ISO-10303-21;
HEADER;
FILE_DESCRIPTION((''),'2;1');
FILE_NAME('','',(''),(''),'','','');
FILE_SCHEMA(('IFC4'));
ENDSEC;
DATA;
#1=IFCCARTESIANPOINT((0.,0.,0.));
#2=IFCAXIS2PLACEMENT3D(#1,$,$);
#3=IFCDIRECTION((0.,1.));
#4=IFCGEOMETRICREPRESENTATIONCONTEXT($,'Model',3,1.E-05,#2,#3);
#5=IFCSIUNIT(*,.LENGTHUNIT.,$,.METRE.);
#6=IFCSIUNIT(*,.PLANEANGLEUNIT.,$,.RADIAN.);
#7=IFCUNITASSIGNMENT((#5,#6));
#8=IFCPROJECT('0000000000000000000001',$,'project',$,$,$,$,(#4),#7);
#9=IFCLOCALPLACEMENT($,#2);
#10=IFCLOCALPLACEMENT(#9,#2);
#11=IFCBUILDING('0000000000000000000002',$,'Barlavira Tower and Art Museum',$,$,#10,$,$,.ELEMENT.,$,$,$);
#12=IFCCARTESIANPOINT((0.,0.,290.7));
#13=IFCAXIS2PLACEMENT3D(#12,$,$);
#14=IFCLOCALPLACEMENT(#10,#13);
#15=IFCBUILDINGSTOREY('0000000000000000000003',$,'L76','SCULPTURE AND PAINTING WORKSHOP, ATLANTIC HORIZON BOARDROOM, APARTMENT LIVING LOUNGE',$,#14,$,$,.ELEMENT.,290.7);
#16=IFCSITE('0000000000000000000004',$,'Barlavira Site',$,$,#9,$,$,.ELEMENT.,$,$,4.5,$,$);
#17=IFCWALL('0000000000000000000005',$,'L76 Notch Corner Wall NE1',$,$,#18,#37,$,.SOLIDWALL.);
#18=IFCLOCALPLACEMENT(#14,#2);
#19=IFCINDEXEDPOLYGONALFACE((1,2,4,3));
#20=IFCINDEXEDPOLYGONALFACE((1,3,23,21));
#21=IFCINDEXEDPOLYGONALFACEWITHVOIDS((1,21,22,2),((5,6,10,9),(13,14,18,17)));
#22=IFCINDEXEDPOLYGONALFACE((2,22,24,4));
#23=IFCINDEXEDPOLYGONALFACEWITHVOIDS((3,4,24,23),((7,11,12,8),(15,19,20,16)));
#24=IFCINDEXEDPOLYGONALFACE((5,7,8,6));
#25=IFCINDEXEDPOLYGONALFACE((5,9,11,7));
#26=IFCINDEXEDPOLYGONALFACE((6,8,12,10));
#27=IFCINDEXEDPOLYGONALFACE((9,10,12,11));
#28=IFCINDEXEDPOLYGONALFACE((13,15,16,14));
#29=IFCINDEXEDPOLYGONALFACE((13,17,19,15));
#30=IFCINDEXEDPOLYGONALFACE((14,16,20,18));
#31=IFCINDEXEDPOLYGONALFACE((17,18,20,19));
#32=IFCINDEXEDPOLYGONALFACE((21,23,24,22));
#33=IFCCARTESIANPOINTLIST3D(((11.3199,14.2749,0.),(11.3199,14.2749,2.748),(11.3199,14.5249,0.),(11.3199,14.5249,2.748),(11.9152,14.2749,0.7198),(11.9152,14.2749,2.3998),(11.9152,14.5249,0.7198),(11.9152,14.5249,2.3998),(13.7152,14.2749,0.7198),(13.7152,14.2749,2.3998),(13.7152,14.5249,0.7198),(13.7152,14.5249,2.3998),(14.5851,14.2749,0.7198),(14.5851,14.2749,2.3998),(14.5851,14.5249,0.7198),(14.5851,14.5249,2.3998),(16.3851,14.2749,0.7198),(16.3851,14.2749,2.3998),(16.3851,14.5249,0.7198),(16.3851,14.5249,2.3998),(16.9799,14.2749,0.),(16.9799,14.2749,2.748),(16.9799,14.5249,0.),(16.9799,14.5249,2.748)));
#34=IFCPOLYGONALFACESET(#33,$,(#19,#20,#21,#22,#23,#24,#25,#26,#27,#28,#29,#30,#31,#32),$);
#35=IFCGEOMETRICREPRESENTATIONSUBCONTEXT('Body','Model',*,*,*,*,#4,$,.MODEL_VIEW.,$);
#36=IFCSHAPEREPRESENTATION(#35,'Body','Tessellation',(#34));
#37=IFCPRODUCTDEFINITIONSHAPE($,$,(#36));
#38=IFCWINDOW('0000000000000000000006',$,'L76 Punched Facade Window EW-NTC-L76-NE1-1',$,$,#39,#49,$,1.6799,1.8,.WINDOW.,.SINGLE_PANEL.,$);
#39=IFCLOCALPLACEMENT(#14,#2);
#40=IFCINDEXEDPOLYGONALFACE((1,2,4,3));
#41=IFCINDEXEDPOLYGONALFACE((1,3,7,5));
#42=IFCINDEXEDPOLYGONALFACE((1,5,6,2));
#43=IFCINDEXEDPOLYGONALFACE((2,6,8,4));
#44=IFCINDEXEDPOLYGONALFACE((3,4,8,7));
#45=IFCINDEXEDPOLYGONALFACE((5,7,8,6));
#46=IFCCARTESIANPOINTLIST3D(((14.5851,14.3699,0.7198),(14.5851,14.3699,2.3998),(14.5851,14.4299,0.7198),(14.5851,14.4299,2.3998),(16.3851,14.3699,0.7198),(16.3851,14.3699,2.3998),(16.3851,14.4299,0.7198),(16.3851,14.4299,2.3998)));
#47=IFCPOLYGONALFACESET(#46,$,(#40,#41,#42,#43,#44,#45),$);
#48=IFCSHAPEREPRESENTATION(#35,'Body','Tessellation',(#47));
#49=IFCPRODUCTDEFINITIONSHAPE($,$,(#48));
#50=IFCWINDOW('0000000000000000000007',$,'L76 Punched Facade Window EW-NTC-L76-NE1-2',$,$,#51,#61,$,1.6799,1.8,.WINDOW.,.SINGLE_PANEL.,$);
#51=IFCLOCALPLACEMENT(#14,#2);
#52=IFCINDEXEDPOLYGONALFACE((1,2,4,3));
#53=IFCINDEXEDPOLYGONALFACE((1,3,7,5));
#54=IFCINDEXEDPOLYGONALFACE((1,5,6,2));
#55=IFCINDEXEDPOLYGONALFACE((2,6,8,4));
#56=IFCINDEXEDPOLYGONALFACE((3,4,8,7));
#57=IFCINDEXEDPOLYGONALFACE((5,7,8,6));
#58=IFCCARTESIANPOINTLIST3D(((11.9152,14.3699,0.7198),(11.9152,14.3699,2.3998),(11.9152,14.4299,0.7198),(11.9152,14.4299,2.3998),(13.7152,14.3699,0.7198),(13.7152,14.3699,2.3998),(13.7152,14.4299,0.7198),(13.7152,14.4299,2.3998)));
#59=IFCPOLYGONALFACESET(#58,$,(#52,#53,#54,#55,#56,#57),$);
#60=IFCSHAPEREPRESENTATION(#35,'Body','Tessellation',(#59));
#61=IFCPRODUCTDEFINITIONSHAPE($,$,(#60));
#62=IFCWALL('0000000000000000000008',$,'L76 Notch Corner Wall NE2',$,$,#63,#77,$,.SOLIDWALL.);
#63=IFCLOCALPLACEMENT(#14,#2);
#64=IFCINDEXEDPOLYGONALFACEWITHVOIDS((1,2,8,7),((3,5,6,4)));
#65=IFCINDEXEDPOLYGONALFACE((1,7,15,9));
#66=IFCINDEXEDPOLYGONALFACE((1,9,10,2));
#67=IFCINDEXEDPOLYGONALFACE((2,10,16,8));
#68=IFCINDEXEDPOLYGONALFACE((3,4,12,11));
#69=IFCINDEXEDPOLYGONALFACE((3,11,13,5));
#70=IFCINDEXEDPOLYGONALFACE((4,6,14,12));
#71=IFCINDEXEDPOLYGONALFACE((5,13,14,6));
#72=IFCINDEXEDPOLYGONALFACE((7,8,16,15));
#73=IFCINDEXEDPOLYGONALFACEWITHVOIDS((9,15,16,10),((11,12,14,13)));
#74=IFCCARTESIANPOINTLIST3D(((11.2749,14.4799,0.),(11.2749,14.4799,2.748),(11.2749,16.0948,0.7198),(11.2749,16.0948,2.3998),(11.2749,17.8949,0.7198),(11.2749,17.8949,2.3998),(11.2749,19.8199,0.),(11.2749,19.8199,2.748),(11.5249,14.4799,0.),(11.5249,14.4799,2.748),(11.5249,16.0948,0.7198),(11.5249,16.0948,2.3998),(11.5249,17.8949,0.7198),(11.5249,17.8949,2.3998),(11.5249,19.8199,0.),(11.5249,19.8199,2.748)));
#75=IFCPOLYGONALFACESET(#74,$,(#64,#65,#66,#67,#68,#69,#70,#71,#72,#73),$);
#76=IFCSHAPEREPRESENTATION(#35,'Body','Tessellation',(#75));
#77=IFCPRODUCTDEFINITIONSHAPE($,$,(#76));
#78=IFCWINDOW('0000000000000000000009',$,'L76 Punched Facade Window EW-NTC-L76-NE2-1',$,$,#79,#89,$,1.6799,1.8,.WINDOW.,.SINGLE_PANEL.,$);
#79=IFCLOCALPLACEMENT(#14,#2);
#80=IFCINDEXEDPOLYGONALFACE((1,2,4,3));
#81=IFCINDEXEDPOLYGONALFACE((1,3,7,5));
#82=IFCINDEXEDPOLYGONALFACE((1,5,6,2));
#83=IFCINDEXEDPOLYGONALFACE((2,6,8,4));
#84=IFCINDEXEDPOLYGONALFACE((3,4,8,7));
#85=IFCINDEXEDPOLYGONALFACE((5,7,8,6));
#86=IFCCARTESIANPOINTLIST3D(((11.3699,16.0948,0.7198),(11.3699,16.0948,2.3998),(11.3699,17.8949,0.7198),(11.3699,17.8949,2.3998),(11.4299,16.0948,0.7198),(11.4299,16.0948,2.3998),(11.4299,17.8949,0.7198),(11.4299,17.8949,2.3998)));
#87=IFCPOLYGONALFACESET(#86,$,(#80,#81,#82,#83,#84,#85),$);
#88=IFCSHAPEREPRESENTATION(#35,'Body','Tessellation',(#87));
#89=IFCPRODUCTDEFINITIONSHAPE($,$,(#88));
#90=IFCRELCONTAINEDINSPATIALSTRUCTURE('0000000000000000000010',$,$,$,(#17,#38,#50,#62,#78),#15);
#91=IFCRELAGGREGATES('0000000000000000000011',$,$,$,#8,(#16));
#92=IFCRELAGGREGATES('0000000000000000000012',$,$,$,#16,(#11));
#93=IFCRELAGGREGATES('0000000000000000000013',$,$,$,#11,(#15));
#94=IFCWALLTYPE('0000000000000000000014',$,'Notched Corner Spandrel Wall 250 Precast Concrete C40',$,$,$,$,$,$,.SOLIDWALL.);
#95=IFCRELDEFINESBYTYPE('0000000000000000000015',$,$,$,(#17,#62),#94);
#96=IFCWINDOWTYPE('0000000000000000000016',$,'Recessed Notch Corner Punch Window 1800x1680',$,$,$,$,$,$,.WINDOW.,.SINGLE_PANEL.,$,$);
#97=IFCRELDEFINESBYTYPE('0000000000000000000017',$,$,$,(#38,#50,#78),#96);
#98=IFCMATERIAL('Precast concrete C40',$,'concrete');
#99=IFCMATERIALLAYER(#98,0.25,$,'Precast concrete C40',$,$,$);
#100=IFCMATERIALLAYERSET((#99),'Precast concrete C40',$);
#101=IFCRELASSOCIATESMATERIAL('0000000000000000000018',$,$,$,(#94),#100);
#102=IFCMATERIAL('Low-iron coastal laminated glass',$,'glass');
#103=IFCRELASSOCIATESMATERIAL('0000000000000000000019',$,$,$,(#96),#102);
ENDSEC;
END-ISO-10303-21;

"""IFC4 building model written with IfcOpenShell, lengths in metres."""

from ifc_helpers import new_model, si_unit, direction, frame, frame_2d, origin, place, context, subcontext, project, spatial, rectangle, extrude, material, layer, layer_set, type_object, element, fill, save


model = new_model("IFC4")

# Units and contexts
model_context = context("Model", 3, precision=1e-05, world=origin(), true_north=direction((0.0, 1.0)))
body_context = subcontext(model_context, "Body", "Model", "MODEL_VIEW")
ifc_project = project(units=[si_unit("LENGTHUNIT", "METRE"), si_unit("PLANEANGLEUNIT", "RADIAN")], contexts=[model_context])

# Site, building, storey
site_placement = place(None, origin())
site = spatial("IfcSite", under=ifc_project, at=site_placement, Name="Barlavira Site", CompositionType="ELEMENT", RefElevation=4.5)
building_placement = place(site_placement, origin())
building = spatial("IfcBuilding", under=site, at=building_placement, Name="Barlavira Tower and Art Museum", CompositionType="ELEMENT")
storey_placement = place(building_placement, frame((0.0, 0.0, 290.7)))
storey = spatial("IfcBuildingStorey", under=building, at=storey_placement, Name="L76", Description="SCULPTURE AND PAINTING WORKSHOP, ATLANTIC HORIZON BOARDROOM, APARTMENT LIVING LOUNGE", CompositionType="ELEMENT", Elevation=290.7)

# Shared definitions
ifc_material_1 = material(Name="Low-iron coastal laminated glass", Category="glass")

# Shared definitions
ifc_material_2 = material(Name="Precast concrete C40", Category="concrete")
ifc_layer_1 = layer(ifc_material_2, 0.25, Name="Precast concrete C40")
ifc_layer_set_1 = layer_set([ifc_layer_1], Name="Precast concrete C40")
wall_type_1 = type_object("IfcWallType", Name="Notched Corner Spandrel Wall 250 Precast Concrete C40", PredefinedType="SOLIDWALL", material=ifc_layer_set_1)

# Shared definitions
window_type_1 = type_object("IfcWindowType", Name="Recessed Notch Corner Punch Window 1800x1680", PartitioningType="SINGLE_PANEL", PredefinedType="WINDOW", material=ifc_material_1)

# Wall, openings, windows
wall_1_placement = place(storey_placement, frame((16.98, 14.3999, 0.0), z_axis=(0.0, 0.0, 1.0), x_axis=(-1.0, 0.0, 0.0)))
wall_1 = element("IfcWall", 1, at=wall_1_placement, inside=storey, type_object=wall_type_1, Name="L76 Notch Corner Wall NE1", PredefinedType="SOLIDWALL", context=body_context, shape_type="SweptSolid", body=[
    extrude(rectangle(XDim=5.6599, YDim=0.25, at=frame_2d((2.8301, 0.0))), origin(), (0.0, 0.0, 1.0), 2.748),
])
opening_1_placement = place(wall_1_placement, frame((0.595, 0.0, 0.72)))
opening_1 = element("IfcOpeningElement", 2, at=opening_1_placement, cuts=wall_1, PredefinedType="OPENING", context=body_context, shape_type="SweptSolid", body=[
    extrude(rectangle(XDim=1.8, YDim=1.6799, at=frame_2d((0.8999, 0.8398))), frame((0.0, 0.135, 0.0), z_axis=(0.0, -1.0, 0.0), x_axis=(1.0, 0.0, 0.0)), (0.0, 0.0, 1.0), 0.27),
])
opening_2_placement = place(wall_1_placement, frame((3.2649, 0.0, 0.72)))
opening_2 = element("IfcOpeningElement", 3, at=opening_2_placement, cuts=wall_1, PredefinedType="OPENING", context=body_context, shape_type="SweptSolid", body=[
    extrude(rectangle(XDim=1.8, YDim=1.6799, at=frame_2d((0.8999, 0.8398))), frame((0.0, 0.135, 0.0), z_axis=(0.0, -1.0, 0.0), x_axis=(1.0, 0.0, 0.0)), (0.0, 0.0, 1.0), 0.27),
])
window_1_placement = place(opening_1_placement, origin())
window_1 = element("IfcWindow", 4, at=window_1_placement, inside=storey, type_object=window_type_1, Name="L76 Punched Facade Window EW-NTC-L76-NE1-1", OverallHeight=1.6799, OverallWidth=1.8, PartitioningType="SINGLE_PANEL", PredefinedType="WINDOW", context=body_context, shape_type="SweptSolid", body=[
    extrude(rectangle(XDim=1.8, YDim=1.6799, at=frame_2d((0.8999, 0.8398))), frame((0.0, 0.03, 0.0), z_axis=(0.0, -1.0, 0.0), x_axis=(1.0, 0.0, 0.0)), (0.0, 0.0, 1.0), 0.0601),
])
fill(opening_1, window_1)
window_2_placement = place(opening_2_placement, origin())
window_2 = element("IfcWindow", 5, at=window_2_placement, inside=storey, type_object=window_type_1, Name="L76 Punched Facade Window EW-NTC-L76-NE1-2", OverallHeight=1.6799, OverallWidth=1.8, PartitioningType="SINGLE_PANEL", PredefinedType="WINDOW", context=body_context, shape_type="SweptSolid", body=[
    extrude(rectangle(XDim=1.8, YDim=1.6799, at=frame_2d((0.8999, 0.8398))), frame((0.0, 0.03, 0.0), z_axis=(0.0, -1.0, 0.0), x_axis=(1.0, 0.0, 0.0)), (0.0, 0.0, 1.0), 0.0601),
])
fill(opening_2, window_2)

# Wall, opening, window
wall_2_placement = place(storey_placement, frame((11.3999, 14.48, 0.0), z_axis=(0.0, 0.0, 1.0), x_axis=(0.0, 1.0, 0.0)))
wall_2 = element("IfcWall", 6, at=wall_2_placement, inside=storey, type_object=wall_type_1, Name="L76 Notch Corner Wall NE2", PredefinedType="SOLIDWALL", context=body_context, shape_type="SweptSolid", body=[
    extrude(rectangle(XDim=5.3401, YDim=0.25, at=frame_2d((2.6699, 0.0))), origin(), (0.0, 0.0, 1.0), 2.748),
])
opening_3_placement = place(wall_2_placement, frame((1.615, 0.0, 0.72)))
opening_3 = element("IfcOpeningElement", 7, at=opening_3_placement, cuts=wall_2, PredefinedType="OPENING", context=body_context, shape_type="SweptSolid", body=[
    extrude(rectangle(XDim=1.8, YDim=1.6799, at=frame_2d((0.8999, 0.8398))), frame((0.0, 0.135, 0.0), z_axis=(0.0, -1.0, 0.0), x_axis=(1.0, 0.0, 0.0)), (0.0, 0.0, 1.0), 0.27),
])
window_3_placement = place(opening_3_placement, origin())
window_3 = element("IfcWindow", 8, at=window_3_placement, inside=storey, type_object=window_type_1, Name="L76 Punched Facade Window EW-NTC-L76-NE2-1", OverallHeight=1.6799, OverallWidth=1.8, PartitioningType="SINGLE_PANEL", PredefinedType="WINDOW", context=body_context, shape_type="SweptSolid", body=[
    extrude(rectangle(XDim=1.8, YDim=1.6799, at=frame_2d((0.8999, 0.8398))), frame((0.0, 0.03, 0.0), z_axis=(0.0, -1.0, 0.0), x_axis=(1.0, 0.0, 0.0)), (0.0, 0.0, 1.0), 0.0601),
])
fill(opening_3, window_3)

save(model, "model.ifc")
